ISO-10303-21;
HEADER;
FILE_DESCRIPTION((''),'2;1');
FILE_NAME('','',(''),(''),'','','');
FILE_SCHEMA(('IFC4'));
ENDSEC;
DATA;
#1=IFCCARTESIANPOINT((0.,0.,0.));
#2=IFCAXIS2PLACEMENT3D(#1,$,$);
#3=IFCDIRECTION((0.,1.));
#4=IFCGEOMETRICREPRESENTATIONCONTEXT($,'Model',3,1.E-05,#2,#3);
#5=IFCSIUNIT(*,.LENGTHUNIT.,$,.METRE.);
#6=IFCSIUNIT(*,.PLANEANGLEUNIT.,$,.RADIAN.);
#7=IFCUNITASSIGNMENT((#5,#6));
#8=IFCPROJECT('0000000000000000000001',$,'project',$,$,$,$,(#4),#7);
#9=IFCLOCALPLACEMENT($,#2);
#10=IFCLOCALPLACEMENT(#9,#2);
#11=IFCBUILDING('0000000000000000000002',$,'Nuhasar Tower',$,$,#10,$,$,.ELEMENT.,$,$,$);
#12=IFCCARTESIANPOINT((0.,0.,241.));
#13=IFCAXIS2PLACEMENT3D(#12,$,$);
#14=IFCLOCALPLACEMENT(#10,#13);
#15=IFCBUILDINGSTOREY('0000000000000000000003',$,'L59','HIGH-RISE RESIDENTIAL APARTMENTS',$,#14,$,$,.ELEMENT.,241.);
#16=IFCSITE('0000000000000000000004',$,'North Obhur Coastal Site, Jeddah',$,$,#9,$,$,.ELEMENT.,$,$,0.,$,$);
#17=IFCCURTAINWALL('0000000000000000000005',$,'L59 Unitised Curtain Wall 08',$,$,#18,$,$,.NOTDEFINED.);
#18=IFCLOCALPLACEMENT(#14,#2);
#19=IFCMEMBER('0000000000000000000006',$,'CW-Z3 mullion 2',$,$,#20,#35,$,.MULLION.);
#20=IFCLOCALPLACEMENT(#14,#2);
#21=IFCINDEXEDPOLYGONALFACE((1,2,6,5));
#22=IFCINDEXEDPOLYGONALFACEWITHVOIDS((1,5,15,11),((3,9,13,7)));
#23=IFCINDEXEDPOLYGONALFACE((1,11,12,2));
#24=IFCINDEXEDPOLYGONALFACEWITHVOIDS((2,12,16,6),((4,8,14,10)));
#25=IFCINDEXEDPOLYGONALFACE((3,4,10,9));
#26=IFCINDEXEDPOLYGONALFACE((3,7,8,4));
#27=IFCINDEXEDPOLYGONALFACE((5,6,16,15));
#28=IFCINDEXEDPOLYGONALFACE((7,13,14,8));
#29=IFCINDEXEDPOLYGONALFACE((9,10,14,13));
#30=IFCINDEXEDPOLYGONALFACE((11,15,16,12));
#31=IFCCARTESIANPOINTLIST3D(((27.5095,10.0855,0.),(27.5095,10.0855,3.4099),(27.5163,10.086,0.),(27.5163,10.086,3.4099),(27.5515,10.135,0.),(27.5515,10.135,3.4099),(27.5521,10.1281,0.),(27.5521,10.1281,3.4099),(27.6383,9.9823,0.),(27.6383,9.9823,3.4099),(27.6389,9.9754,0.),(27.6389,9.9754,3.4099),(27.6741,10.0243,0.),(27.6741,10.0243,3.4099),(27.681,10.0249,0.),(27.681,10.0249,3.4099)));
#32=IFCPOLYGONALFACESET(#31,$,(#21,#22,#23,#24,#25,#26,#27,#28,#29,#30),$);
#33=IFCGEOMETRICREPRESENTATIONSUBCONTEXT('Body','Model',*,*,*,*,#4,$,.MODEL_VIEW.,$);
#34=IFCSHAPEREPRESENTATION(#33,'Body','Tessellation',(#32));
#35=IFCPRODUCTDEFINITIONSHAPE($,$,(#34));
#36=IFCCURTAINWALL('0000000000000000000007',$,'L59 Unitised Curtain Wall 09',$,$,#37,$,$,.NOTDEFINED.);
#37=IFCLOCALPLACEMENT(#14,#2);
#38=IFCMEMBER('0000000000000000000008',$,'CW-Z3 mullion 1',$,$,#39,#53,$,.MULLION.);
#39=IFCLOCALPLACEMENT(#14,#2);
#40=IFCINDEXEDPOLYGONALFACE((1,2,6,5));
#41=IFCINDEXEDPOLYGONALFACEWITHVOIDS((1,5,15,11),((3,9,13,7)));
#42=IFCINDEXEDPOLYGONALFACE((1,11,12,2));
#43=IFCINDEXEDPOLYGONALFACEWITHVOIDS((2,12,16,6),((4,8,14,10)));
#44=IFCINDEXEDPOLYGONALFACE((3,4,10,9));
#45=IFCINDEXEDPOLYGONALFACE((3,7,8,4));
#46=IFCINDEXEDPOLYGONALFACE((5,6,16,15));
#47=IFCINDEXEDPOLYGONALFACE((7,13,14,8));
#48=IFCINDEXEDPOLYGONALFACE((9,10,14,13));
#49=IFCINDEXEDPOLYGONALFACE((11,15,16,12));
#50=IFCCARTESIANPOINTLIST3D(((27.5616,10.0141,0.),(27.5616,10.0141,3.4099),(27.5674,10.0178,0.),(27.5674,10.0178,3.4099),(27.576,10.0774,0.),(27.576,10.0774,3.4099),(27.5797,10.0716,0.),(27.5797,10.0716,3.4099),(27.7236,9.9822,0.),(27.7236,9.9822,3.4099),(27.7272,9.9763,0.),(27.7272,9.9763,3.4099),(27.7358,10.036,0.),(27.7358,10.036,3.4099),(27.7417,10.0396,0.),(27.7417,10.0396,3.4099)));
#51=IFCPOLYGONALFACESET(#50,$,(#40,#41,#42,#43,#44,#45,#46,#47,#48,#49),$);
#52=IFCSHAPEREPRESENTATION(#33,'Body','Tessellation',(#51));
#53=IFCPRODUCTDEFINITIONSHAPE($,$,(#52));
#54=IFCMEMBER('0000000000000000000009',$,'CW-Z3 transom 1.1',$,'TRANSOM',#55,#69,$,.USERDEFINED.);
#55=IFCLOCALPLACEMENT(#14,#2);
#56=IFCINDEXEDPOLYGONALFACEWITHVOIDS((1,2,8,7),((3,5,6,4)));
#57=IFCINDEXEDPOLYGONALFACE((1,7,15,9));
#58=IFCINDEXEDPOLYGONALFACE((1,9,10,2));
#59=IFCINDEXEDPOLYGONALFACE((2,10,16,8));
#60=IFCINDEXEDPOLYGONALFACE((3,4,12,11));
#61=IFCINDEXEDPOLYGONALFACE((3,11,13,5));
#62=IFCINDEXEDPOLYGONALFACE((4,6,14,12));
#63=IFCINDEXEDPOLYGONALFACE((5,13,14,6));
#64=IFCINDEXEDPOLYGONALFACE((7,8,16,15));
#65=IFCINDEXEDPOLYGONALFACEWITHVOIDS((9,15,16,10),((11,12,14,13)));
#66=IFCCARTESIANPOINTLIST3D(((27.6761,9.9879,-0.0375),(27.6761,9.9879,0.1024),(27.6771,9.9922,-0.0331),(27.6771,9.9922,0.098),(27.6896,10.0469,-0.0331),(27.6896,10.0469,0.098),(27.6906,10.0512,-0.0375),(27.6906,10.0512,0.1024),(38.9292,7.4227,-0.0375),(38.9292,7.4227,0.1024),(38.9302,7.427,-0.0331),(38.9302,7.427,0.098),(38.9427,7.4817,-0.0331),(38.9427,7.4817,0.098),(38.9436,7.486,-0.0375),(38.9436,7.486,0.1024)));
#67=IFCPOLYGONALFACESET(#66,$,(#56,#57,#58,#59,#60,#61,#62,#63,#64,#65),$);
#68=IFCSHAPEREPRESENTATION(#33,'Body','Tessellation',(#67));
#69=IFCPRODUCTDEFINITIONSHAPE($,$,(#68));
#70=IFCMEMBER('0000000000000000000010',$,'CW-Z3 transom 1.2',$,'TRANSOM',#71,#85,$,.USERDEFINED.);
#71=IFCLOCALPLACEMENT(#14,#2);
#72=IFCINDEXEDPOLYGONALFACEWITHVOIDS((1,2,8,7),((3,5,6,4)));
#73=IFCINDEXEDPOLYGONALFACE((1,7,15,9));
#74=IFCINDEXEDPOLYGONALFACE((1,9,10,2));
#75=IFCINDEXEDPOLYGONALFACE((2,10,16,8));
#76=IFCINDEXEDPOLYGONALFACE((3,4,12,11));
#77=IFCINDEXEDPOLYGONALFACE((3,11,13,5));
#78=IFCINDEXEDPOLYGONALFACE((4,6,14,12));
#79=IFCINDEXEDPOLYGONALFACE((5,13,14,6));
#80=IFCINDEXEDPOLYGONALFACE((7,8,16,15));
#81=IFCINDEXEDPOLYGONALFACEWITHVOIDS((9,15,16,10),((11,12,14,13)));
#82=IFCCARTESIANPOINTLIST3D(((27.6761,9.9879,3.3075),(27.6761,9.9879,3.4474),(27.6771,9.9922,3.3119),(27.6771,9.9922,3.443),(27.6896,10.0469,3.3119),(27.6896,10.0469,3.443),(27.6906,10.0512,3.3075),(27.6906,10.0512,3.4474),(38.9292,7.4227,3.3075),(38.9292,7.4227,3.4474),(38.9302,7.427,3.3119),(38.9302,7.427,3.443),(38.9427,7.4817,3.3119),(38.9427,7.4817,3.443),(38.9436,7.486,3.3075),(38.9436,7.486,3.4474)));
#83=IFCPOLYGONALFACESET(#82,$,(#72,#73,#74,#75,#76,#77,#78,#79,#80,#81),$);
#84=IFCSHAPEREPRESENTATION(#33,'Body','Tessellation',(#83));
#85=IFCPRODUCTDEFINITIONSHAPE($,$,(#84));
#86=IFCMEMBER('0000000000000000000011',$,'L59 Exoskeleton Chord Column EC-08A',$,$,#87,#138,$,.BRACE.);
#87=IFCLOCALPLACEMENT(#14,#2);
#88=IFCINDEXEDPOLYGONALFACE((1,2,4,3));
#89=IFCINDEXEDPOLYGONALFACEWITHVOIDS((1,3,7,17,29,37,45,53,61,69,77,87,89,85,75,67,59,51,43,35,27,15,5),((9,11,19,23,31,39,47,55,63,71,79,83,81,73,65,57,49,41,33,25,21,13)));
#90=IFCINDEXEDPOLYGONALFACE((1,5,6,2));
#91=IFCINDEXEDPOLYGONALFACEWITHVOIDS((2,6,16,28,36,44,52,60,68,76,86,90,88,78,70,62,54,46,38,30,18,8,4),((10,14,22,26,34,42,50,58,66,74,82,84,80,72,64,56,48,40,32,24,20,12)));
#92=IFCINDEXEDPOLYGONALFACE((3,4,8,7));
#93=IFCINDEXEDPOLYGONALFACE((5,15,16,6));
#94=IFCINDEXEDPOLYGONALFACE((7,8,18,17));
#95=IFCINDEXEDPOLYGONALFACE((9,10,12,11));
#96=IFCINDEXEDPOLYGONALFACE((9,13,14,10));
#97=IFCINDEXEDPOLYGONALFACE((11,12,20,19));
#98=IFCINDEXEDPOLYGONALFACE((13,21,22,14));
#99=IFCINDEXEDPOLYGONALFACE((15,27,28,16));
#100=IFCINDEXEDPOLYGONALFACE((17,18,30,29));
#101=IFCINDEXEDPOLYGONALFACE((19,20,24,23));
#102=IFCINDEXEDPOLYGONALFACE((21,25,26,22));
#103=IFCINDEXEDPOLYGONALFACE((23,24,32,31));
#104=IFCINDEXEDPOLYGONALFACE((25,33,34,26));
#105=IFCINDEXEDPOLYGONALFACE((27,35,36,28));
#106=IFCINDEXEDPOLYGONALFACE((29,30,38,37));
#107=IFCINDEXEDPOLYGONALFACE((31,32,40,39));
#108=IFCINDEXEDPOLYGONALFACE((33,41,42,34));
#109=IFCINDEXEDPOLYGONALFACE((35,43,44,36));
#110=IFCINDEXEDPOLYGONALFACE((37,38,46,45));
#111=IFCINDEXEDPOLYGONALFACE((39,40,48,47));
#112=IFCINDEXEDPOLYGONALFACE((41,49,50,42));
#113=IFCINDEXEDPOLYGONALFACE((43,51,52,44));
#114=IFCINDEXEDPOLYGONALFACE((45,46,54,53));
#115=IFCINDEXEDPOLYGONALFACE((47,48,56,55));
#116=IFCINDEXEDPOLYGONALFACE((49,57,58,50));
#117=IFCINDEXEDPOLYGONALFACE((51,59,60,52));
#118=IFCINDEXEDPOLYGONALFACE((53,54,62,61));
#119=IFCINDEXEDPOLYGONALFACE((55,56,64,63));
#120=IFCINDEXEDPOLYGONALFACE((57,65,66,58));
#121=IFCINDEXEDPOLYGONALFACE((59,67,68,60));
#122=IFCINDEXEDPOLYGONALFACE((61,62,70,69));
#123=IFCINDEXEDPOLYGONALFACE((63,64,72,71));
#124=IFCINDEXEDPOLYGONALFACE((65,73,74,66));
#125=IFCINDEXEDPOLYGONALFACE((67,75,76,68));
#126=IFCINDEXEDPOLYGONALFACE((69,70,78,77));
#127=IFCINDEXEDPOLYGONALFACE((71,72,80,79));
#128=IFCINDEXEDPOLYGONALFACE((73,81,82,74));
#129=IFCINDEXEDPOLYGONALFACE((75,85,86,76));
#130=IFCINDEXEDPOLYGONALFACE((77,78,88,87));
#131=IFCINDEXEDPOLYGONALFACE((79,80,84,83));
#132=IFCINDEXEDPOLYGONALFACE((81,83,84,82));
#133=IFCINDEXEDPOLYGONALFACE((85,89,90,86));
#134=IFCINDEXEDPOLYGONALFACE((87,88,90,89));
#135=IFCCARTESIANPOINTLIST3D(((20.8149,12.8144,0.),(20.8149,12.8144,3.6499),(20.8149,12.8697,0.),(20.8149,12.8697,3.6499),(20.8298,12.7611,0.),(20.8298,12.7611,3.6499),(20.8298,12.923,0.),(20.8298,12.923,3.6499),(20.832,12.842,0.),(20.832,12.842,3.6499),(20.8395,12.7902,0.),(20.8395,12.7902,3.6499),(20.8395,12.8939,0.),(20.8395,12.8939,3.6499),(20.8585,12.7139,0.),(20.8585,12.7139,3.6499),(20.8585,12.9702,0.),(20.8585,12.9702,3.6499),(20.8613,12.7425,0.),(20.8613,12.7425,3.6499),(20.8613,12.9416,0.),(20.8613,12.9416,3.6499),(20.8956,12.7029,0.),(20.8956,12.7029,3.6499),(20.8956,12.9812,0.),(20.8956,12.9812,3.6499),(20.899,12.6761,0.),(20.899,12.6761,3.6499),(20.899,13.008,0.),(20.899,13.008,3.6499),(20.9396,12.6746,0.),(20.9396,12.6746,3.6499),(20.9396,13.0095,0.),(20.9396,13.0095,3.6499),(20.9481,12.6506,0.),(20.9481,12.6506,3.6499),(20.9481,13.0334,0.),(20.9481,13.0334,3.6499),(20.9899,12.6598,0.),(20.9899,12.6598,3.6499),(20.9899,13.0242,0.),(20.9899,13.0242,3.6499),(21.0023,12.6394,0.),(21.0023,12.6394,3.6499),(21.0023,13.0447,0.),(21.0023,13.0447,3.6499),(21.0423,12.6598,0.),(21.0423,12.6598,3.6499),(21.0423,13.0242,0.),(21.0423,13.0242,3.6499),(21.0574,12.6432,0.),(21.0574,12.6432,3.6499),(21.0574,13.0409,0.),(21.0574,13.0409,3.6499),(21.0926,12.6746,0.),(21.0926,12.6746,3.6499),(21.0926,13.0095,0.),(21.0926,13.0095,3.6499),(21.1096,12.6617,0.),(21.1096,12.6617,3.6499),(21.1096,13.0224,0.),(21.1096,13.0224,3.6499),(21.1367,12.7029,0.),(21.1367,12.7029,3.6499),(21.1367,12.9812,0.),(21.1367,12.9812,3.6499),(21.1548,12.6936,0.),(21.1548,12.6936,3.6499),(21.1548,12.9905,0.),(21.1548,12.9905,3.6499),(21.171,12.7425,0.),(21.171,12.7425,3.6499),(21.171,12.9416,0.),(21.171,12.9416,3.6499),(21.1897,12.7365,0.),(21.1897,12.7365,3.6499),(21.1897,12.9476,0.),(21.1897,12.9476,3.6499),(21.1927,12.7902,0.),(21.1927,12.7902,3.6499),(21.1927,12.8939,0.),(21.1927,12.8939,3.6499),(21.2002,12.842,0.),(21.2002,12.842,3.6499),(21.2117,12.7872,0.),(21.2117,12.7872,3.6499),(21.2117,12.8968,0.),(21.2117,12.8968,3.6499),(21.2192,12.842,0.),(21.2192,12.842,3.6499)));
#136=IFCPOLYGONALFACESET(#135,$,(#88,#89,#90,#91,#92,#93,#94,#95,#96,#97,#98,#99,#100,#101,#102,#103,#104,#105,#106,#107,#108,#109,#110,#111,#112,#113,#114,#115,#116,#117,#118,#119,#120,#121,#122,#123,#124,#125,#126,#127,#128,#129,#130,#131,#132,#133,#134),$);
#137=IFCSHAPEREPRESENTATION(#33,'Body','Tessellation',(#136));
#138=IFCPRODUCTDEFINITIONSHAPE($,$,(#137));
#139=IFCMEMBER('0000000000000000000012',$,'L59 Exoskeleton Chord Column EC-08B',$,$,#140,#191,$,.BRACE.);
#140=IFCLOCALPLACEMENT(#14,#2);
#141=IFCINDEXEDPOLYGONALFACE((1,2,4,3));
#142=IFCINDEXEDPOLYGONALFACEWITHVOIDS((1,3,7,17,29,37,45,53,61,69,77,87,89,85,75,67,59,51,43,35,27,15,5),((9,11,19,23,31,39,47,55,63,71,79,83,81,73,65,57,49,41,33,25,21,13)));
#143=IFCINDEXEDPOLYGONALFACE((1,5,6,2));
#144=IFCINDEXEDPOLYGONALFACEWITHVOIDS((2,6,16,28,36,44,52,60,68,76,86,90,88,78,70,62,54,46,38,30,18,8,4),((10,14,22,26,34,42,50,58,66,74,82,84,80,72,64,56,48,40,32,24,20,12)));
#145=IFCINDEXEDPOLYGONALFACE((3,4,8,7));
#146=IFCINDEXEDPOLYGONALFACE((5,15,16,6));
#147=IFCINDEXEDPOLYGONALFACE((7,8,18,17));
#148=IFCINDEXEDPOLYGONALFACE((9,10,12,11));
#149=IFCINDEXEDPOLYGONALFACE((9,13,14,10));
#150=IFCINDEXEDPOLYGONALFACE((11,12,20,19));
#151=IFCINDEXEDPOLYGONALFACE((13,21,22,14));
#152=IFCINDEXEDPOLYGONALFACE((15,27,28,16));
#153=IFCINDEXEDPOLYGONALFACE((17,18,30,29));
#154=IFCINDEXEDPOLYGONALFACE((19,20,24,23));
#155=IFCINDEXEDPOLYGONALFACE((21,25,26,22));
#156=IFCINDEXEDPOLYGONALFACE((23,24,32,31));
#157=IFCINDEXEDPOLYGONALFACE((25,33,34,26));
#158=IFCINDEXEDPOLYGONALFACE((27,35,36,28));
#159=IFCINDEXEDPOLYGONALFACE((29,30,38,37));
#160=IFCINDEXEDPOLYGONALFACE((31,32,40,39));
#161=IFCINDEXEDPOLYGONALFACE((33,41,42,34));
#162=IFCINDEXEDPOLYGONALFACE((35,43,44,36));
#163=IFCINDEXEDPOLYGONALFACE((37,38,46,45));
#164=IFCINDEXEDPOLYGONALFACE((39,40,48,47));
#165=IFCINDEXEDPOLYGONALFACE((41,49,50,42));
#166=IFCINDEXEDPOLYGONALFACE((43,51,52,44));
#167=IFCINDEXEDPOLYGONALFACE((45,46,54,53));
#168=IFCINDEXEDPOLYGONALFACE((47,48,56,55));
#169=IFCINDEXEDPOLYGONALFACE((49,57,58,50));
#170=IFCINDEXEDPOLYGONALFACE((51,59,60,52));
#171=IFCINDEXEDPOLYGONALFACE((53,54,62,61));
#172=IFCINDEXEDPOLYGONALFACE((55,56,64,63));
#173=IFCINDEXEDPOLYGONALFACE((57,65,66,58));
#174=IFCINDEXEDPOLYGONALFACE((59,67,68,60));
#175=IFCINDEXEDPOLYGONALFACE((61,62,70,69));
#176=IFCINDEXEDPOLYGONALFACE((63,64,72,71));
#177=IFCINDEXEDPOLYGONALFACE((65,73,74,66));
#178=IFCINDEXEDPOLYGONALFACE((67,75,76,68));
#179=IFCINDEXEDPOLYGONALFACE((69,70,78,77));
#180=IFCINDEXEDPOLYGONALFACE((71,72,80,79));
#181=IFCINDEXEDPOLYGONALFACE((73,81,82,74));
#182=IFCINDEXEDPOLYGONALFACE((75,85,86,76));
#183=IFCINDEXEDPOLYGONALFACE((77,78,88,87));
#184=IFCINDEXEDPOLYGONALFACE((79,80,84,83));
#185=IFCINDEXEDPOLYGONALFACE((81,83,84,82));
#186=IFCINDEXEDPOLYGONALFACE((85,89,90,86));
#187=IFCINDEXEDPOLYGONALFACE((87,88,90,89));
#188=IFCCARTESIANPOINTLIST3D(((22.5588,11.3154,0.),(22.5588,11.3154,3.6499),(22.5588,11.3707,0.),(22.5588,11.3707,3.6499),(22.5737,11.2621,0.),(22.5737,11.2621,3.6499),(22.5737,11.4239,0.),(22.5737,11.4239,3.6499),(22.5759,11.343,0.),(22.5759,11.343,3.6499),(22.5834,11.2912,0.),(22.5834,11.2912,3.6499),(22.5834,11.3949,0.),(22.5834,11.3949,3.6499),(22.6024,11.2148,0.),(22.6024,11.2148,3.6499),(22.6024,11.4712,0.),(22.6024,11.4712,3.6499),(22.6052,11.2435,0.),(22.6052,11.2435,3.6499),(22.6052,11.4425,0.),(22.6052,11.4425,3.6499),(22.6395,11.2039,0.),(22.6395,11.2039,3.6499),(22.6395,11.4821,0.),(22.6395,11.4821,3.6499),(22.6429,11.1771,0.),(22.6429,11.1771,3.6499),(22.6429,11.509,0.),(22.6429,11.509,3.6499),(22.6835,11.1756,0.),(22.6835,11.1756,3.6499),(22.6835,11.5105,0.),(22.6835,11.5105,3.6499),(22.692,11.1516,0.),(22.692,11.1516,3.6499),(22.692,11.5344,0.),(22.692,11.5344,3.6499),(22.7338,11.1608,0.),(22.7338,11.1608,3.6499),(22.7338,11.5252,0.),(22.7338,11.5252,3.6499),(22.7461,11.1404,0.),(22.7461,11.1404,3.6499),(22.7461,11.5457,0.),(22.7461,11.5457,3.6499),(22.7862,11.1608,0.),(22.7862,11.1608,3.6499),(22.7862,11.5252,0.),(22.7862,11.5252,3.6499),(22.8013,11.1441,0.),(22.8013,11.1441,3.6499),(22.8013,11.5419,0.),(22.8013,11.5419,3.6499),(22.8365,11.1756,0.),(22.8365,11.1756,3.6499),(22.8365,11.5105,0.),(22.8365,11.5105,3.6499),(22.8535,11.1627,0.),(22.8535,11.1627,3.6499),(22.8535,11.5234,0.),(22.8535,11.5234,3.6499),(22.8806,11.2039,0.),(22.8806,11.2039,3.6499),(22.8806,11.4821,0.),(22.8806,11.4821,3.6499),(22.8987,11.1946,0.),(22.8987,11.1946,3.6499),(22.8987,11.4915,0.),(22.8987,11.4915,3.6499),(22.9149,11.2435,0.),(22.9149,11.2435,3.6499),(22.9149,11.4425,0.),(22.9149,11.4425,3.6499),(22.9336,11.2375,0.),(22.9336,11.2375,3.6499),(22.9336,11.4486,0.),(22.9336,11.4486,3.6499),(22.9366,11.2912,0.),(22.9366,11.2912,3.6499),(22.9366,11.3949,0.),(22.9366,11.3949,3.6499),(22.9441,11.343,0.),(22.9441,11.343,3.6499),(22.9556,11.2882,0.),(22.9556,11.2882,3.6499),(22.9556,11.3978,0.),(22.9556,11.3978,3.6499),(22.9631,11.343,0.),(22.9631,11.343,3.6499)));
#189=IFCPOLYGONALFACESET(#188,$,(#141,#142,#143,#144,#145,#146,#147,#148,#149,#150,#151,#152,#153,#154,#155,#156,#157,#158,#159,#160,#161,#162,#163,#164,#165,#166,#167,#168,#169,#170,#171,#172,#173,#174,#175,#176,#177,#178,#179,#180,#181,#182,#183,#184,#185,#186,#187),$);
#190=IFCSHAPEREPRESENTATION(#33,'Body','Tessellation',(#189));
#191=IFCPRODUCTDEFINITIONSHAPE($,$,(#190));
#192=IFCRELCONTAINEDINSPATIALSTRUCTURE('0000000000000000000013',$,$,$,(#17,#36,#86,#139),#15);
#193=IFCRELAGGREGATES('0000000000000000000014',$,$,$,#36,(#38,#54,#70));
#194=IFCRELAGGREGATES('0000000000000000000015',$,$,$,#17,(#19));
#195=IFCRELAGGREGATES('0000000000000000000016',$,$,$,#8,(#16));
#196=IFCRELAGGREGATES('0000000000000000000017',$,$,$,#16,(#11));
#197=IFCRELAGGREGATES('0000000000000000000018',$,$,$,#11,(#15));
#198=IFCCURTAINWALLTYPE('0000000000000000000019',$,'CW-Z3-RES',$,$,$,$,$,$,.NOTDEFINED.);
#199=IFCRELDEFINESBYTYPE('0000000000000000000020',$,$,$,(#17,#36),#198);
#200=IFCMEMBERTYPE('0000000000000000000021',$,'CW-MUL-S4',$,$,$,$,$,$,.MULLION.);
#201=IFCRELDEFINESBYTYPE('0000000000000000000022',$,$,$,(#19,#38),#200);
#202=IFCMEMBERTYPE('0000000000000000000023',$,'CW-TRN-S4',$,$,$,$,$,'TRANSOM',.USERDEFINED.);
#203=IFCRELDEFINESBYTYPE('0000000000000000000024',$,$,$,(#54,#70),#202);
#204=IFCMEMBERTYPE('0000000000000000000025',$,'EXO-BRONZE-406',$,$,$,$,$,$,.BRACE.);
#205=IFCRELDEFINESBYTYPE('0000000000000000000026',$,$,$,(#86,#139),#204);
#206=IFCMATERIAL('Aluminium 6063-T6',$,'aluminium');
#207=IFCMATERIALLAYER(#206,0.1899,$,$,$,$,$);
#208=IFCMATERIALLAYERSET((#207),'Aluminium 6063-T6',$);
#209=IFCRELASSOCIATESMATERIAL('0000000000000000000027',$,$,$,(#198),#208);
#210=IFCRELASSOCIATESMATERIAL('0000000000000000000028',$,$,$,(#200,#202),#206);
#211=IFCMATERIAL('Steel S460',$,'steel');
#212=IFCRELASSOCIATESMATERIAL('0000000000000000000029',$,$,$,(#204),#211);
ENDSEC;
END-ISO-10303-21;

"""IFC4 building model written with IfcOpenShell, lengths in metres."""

from ifc_helpers import new_model, si_unit, direction, frame, origin, origin_2d, place, context, subcontext, project, spatial, hollow_rectangle, hollow_circle, extrude, material, layer, layer_set, material_profile, profile_set, type_object, element, aggregate, save


model = new_model("IFC4")

# Units and contexts
model_context = context("Model", 3, precision=1e-05, world=origin(), true_north=direction((0.0, 1.0)))
body_context = subcontext(model_context, "Body", "Model", "MODEL_VIEW")
ifc_project = project(units=[si_unit("LENGTHUNIT", "METRE"), si_unit("PLANEANGLEUNIT", "RADIAN")], contexts=[model_context])

# Site, building, storey
site_placement = place(None, origin())
site = spatial("IfcSite", under=ifc_project, at=site_placement, Name="North Obhur Coastal Site, Jeddah", CompositionType="ELEMENT", RefElevation=0.0)
building_placement = place(site_placement, origin())
building = spatial("IfcBuilding", under=site, at=building_placement, Name="Nuhasar Tower", CompositionType="ELEMENT")
storey_placement = place(building_placement, frame((0.0, 0.0, 241.0)))
storey = spatial("IfcBuildingStorey", under=building, at=storey_placement, Name="L59", Description="HIGH-RISE RESIDENTIAL APARTMENTS", CompositionType="ELEMENT", Elevation=241.0)

# Curtain wall, member
ifc_material_1 = material(Name="Aluminium 6063-T6", Category="aluminium")
ifc_layer_1 = layer(ifc_material_1, 0.1899)
ifc_layer_set_1 = layer_set([ifc_layer_1], Name="Aluminium 6063-T6")
curtain_wall_type = type_object("IfcCurtainWallType", Name="CW-Z3-RES", PredefinedType="NOTDEFINED", material=ifc_layer_set_1)
curtain_wall_1_placement = place(storey_placement, origin())
curtain_wall_1 = element("IfcCurtainWall", 1, at=curtain_wall_1_placement, inside=storey, type_object=curtain_wall_type, Name="L59 Unitised Curtain Wall 08", PredefinedType="NOTDEFINED")
ifc_material_profile_1 = material_profile(ifc_material_1, hollow_rectangle(XDim=0.0649, YDim=0.1699, WallThickness=0.0049, at=origin_2d()), Name="CWM-4")
ifc_profile_set_1 = profile_set([ifc_material_profile_1], Name="Aluminium 6063-T6")
member_type_1 = type_object("IfcMemberType", Name="CW-MUL-S4", PredefinedType="MULLION", material=ifc_profile_set_1)
member_1_placement = place(storey_placement, frame((27.5952, 10.0552, 0.0), z_axis=(0.0, 0.0, 1.0), x_axis=(0.647895, 0.761729, 0.0)))
member_1 = element("IfcMember", 2, at=member_1_placement, type_object=member_type_1, Name="CW-Z3 mullion 2", PredefinedType="MULLION", context=body_context, shape_type="SweptSolid", body=[
    extrude(hollow_rectangle(XDim=0.0649, YDim=0.1699, WallThickness=0.0049, at=origin_2d()), origin(), (0.0, 0.0, 1.0), 3.4099),
])

# Curtain wall, members
curtain_wall_2_placement = place(storey_placement, origin())
curtain_wall_2 = element("IfcCurtainWall", 3, at=curtain_wall_2_placement, inside=storey, type_object=curtain_wall_type, Name="L59 Unitised Curtain Wall 09", PredefinedType="NOTDEFINED")
member_2_placement = place(storey_placement, frame((27.6516, 10.0269, 0.0), z_axis=(0.0, 0.0, 1.0), x_axis=(0.222243, 0.974991, 0.0)))
member_2 = element("IfcMember", 4, at=member_2_placement, type_object=member_type_1, Name="CW-Z3 mullion 1", PredefinedType="MULLION", context=body_context, shape_type="SweptSolid", body=[
    extrude(hollow_rectangle(XDim=0.0649, YDim=0.1699, WallThickness=0.0049, at=origin_2d()), origin(), (0.0, 0.0, 1.0), 3.4099),
])
ifc_material_profile_2 = material_profile(ifc_material_1, hollow_rectangle(XDim=0.0649, YDim=0.1399, WallThickness=0.0044, at=origin_2d()), Name="CWT-4")
ifc_profile_set_2 = profile_set([ifc_material_profile_2], Name="Aluminium 6063-T6")
member_type_2 = type_object("IfcMemberType", Name="CW-TRN-S4", ElementType="TRANSOM", PredefinedType="USERDEFINED", material=ifc_profile_set_2)
member_3_placement = place(storey_placement, frame((27.6833, 10.0195, 0.0325), z_axis=(0.974989, -0.222251, 0.0), x_axis=(0.222251, 0.974989, 0.0)))
member_3 = element("IfcMember", 5, at=member_3_placement, type_object=member_type_2, Name="CW-Z3 transom 1.1", ObjectType="TRANSOM", PredefinedType="USERDEFINED", context=body_context, shape_type="SweptSolid", body=[
    extrude(hollow_rectangle(XDim=0.0649, YDim=0.1399, WallThickness=0.0044, at=origin_2d()), origin(), (0.0, 0.0, 1.0), 11.5417),
])
member_4_placement = place(storey_placement, frame((27.6833, 10.0195, 3.3774), z_axis=(0.974989, -0.222251, 0.0), x_axis=(0.222251, 0.974989, 0.0)))
member_4 = element("IfcMember", 6, at=member_4_placement, type_object=member_type_2, Name="CW-Z3 transom 1.2", ObjectType="TRANSOM", PredefinedType="USERDEFINED", context=body_context, shape_type="SweptSolid", body=[
    extrude(hollow_rectangle(XDim=0.0649, YDim=0.1399, WallThickness=0.0044, at=origin_2d()), origin(), (0.0, 0.0, 1.0), 11.5417),
])
aggregate(curtain_wall_2, [member_2, member_3, member_4])

# Members
ifc_material_2 = material(Name="Steel S460", Category="steel")
ifc_material_profile_3 = material_profile(ifc_material_2, hollow_circle(Radius=0.2031, WallThickness=0.019, at=origin_2d()), Name="HSS406.4X19.1")
ifc_profile_set_3 = profile_set([ifc_material_profile_3], Name="Steel S460")
member_type_3 = type_object("IfcMemberType", Name="EXO-BRONZE-406", PredefinedType="BRACE", material=ifc_profile_set_3)
for number, where, z_axis, x_axis, name in (
    (7, (21.0161, 12.842, 0.0), (0.0, 0.0, 1.0), (1.0, 0.0, 0.0), "L59 Exoskeleton Chord Column EC-08A"),
    (8, (22.76, 11.343, 0.0), (0.0, 0.0, 1.0), (1.0, 0.0, 0.0), "L59 Exoskeleton Chord Column EC-08B"),
):
    element("IfcMember", number, at=place(storey_placement, frame(where, z_axis=z_axis, x_axis=x_axis)), inside=storey, type_object=member_type_3, Name=name, PredefinedType="BRACE", context=body_context, shape_type="SweptSolid", body=[
        extrude(hollow_circle(Radius=0.2031, WallThickness=0.019, at=origin_2d()), origin(), (0.0, 0.0, 1.0), 3.6499),
    ])

aggregate(curtain_wall_1, [member_1])

save(model, "model.ifc")
